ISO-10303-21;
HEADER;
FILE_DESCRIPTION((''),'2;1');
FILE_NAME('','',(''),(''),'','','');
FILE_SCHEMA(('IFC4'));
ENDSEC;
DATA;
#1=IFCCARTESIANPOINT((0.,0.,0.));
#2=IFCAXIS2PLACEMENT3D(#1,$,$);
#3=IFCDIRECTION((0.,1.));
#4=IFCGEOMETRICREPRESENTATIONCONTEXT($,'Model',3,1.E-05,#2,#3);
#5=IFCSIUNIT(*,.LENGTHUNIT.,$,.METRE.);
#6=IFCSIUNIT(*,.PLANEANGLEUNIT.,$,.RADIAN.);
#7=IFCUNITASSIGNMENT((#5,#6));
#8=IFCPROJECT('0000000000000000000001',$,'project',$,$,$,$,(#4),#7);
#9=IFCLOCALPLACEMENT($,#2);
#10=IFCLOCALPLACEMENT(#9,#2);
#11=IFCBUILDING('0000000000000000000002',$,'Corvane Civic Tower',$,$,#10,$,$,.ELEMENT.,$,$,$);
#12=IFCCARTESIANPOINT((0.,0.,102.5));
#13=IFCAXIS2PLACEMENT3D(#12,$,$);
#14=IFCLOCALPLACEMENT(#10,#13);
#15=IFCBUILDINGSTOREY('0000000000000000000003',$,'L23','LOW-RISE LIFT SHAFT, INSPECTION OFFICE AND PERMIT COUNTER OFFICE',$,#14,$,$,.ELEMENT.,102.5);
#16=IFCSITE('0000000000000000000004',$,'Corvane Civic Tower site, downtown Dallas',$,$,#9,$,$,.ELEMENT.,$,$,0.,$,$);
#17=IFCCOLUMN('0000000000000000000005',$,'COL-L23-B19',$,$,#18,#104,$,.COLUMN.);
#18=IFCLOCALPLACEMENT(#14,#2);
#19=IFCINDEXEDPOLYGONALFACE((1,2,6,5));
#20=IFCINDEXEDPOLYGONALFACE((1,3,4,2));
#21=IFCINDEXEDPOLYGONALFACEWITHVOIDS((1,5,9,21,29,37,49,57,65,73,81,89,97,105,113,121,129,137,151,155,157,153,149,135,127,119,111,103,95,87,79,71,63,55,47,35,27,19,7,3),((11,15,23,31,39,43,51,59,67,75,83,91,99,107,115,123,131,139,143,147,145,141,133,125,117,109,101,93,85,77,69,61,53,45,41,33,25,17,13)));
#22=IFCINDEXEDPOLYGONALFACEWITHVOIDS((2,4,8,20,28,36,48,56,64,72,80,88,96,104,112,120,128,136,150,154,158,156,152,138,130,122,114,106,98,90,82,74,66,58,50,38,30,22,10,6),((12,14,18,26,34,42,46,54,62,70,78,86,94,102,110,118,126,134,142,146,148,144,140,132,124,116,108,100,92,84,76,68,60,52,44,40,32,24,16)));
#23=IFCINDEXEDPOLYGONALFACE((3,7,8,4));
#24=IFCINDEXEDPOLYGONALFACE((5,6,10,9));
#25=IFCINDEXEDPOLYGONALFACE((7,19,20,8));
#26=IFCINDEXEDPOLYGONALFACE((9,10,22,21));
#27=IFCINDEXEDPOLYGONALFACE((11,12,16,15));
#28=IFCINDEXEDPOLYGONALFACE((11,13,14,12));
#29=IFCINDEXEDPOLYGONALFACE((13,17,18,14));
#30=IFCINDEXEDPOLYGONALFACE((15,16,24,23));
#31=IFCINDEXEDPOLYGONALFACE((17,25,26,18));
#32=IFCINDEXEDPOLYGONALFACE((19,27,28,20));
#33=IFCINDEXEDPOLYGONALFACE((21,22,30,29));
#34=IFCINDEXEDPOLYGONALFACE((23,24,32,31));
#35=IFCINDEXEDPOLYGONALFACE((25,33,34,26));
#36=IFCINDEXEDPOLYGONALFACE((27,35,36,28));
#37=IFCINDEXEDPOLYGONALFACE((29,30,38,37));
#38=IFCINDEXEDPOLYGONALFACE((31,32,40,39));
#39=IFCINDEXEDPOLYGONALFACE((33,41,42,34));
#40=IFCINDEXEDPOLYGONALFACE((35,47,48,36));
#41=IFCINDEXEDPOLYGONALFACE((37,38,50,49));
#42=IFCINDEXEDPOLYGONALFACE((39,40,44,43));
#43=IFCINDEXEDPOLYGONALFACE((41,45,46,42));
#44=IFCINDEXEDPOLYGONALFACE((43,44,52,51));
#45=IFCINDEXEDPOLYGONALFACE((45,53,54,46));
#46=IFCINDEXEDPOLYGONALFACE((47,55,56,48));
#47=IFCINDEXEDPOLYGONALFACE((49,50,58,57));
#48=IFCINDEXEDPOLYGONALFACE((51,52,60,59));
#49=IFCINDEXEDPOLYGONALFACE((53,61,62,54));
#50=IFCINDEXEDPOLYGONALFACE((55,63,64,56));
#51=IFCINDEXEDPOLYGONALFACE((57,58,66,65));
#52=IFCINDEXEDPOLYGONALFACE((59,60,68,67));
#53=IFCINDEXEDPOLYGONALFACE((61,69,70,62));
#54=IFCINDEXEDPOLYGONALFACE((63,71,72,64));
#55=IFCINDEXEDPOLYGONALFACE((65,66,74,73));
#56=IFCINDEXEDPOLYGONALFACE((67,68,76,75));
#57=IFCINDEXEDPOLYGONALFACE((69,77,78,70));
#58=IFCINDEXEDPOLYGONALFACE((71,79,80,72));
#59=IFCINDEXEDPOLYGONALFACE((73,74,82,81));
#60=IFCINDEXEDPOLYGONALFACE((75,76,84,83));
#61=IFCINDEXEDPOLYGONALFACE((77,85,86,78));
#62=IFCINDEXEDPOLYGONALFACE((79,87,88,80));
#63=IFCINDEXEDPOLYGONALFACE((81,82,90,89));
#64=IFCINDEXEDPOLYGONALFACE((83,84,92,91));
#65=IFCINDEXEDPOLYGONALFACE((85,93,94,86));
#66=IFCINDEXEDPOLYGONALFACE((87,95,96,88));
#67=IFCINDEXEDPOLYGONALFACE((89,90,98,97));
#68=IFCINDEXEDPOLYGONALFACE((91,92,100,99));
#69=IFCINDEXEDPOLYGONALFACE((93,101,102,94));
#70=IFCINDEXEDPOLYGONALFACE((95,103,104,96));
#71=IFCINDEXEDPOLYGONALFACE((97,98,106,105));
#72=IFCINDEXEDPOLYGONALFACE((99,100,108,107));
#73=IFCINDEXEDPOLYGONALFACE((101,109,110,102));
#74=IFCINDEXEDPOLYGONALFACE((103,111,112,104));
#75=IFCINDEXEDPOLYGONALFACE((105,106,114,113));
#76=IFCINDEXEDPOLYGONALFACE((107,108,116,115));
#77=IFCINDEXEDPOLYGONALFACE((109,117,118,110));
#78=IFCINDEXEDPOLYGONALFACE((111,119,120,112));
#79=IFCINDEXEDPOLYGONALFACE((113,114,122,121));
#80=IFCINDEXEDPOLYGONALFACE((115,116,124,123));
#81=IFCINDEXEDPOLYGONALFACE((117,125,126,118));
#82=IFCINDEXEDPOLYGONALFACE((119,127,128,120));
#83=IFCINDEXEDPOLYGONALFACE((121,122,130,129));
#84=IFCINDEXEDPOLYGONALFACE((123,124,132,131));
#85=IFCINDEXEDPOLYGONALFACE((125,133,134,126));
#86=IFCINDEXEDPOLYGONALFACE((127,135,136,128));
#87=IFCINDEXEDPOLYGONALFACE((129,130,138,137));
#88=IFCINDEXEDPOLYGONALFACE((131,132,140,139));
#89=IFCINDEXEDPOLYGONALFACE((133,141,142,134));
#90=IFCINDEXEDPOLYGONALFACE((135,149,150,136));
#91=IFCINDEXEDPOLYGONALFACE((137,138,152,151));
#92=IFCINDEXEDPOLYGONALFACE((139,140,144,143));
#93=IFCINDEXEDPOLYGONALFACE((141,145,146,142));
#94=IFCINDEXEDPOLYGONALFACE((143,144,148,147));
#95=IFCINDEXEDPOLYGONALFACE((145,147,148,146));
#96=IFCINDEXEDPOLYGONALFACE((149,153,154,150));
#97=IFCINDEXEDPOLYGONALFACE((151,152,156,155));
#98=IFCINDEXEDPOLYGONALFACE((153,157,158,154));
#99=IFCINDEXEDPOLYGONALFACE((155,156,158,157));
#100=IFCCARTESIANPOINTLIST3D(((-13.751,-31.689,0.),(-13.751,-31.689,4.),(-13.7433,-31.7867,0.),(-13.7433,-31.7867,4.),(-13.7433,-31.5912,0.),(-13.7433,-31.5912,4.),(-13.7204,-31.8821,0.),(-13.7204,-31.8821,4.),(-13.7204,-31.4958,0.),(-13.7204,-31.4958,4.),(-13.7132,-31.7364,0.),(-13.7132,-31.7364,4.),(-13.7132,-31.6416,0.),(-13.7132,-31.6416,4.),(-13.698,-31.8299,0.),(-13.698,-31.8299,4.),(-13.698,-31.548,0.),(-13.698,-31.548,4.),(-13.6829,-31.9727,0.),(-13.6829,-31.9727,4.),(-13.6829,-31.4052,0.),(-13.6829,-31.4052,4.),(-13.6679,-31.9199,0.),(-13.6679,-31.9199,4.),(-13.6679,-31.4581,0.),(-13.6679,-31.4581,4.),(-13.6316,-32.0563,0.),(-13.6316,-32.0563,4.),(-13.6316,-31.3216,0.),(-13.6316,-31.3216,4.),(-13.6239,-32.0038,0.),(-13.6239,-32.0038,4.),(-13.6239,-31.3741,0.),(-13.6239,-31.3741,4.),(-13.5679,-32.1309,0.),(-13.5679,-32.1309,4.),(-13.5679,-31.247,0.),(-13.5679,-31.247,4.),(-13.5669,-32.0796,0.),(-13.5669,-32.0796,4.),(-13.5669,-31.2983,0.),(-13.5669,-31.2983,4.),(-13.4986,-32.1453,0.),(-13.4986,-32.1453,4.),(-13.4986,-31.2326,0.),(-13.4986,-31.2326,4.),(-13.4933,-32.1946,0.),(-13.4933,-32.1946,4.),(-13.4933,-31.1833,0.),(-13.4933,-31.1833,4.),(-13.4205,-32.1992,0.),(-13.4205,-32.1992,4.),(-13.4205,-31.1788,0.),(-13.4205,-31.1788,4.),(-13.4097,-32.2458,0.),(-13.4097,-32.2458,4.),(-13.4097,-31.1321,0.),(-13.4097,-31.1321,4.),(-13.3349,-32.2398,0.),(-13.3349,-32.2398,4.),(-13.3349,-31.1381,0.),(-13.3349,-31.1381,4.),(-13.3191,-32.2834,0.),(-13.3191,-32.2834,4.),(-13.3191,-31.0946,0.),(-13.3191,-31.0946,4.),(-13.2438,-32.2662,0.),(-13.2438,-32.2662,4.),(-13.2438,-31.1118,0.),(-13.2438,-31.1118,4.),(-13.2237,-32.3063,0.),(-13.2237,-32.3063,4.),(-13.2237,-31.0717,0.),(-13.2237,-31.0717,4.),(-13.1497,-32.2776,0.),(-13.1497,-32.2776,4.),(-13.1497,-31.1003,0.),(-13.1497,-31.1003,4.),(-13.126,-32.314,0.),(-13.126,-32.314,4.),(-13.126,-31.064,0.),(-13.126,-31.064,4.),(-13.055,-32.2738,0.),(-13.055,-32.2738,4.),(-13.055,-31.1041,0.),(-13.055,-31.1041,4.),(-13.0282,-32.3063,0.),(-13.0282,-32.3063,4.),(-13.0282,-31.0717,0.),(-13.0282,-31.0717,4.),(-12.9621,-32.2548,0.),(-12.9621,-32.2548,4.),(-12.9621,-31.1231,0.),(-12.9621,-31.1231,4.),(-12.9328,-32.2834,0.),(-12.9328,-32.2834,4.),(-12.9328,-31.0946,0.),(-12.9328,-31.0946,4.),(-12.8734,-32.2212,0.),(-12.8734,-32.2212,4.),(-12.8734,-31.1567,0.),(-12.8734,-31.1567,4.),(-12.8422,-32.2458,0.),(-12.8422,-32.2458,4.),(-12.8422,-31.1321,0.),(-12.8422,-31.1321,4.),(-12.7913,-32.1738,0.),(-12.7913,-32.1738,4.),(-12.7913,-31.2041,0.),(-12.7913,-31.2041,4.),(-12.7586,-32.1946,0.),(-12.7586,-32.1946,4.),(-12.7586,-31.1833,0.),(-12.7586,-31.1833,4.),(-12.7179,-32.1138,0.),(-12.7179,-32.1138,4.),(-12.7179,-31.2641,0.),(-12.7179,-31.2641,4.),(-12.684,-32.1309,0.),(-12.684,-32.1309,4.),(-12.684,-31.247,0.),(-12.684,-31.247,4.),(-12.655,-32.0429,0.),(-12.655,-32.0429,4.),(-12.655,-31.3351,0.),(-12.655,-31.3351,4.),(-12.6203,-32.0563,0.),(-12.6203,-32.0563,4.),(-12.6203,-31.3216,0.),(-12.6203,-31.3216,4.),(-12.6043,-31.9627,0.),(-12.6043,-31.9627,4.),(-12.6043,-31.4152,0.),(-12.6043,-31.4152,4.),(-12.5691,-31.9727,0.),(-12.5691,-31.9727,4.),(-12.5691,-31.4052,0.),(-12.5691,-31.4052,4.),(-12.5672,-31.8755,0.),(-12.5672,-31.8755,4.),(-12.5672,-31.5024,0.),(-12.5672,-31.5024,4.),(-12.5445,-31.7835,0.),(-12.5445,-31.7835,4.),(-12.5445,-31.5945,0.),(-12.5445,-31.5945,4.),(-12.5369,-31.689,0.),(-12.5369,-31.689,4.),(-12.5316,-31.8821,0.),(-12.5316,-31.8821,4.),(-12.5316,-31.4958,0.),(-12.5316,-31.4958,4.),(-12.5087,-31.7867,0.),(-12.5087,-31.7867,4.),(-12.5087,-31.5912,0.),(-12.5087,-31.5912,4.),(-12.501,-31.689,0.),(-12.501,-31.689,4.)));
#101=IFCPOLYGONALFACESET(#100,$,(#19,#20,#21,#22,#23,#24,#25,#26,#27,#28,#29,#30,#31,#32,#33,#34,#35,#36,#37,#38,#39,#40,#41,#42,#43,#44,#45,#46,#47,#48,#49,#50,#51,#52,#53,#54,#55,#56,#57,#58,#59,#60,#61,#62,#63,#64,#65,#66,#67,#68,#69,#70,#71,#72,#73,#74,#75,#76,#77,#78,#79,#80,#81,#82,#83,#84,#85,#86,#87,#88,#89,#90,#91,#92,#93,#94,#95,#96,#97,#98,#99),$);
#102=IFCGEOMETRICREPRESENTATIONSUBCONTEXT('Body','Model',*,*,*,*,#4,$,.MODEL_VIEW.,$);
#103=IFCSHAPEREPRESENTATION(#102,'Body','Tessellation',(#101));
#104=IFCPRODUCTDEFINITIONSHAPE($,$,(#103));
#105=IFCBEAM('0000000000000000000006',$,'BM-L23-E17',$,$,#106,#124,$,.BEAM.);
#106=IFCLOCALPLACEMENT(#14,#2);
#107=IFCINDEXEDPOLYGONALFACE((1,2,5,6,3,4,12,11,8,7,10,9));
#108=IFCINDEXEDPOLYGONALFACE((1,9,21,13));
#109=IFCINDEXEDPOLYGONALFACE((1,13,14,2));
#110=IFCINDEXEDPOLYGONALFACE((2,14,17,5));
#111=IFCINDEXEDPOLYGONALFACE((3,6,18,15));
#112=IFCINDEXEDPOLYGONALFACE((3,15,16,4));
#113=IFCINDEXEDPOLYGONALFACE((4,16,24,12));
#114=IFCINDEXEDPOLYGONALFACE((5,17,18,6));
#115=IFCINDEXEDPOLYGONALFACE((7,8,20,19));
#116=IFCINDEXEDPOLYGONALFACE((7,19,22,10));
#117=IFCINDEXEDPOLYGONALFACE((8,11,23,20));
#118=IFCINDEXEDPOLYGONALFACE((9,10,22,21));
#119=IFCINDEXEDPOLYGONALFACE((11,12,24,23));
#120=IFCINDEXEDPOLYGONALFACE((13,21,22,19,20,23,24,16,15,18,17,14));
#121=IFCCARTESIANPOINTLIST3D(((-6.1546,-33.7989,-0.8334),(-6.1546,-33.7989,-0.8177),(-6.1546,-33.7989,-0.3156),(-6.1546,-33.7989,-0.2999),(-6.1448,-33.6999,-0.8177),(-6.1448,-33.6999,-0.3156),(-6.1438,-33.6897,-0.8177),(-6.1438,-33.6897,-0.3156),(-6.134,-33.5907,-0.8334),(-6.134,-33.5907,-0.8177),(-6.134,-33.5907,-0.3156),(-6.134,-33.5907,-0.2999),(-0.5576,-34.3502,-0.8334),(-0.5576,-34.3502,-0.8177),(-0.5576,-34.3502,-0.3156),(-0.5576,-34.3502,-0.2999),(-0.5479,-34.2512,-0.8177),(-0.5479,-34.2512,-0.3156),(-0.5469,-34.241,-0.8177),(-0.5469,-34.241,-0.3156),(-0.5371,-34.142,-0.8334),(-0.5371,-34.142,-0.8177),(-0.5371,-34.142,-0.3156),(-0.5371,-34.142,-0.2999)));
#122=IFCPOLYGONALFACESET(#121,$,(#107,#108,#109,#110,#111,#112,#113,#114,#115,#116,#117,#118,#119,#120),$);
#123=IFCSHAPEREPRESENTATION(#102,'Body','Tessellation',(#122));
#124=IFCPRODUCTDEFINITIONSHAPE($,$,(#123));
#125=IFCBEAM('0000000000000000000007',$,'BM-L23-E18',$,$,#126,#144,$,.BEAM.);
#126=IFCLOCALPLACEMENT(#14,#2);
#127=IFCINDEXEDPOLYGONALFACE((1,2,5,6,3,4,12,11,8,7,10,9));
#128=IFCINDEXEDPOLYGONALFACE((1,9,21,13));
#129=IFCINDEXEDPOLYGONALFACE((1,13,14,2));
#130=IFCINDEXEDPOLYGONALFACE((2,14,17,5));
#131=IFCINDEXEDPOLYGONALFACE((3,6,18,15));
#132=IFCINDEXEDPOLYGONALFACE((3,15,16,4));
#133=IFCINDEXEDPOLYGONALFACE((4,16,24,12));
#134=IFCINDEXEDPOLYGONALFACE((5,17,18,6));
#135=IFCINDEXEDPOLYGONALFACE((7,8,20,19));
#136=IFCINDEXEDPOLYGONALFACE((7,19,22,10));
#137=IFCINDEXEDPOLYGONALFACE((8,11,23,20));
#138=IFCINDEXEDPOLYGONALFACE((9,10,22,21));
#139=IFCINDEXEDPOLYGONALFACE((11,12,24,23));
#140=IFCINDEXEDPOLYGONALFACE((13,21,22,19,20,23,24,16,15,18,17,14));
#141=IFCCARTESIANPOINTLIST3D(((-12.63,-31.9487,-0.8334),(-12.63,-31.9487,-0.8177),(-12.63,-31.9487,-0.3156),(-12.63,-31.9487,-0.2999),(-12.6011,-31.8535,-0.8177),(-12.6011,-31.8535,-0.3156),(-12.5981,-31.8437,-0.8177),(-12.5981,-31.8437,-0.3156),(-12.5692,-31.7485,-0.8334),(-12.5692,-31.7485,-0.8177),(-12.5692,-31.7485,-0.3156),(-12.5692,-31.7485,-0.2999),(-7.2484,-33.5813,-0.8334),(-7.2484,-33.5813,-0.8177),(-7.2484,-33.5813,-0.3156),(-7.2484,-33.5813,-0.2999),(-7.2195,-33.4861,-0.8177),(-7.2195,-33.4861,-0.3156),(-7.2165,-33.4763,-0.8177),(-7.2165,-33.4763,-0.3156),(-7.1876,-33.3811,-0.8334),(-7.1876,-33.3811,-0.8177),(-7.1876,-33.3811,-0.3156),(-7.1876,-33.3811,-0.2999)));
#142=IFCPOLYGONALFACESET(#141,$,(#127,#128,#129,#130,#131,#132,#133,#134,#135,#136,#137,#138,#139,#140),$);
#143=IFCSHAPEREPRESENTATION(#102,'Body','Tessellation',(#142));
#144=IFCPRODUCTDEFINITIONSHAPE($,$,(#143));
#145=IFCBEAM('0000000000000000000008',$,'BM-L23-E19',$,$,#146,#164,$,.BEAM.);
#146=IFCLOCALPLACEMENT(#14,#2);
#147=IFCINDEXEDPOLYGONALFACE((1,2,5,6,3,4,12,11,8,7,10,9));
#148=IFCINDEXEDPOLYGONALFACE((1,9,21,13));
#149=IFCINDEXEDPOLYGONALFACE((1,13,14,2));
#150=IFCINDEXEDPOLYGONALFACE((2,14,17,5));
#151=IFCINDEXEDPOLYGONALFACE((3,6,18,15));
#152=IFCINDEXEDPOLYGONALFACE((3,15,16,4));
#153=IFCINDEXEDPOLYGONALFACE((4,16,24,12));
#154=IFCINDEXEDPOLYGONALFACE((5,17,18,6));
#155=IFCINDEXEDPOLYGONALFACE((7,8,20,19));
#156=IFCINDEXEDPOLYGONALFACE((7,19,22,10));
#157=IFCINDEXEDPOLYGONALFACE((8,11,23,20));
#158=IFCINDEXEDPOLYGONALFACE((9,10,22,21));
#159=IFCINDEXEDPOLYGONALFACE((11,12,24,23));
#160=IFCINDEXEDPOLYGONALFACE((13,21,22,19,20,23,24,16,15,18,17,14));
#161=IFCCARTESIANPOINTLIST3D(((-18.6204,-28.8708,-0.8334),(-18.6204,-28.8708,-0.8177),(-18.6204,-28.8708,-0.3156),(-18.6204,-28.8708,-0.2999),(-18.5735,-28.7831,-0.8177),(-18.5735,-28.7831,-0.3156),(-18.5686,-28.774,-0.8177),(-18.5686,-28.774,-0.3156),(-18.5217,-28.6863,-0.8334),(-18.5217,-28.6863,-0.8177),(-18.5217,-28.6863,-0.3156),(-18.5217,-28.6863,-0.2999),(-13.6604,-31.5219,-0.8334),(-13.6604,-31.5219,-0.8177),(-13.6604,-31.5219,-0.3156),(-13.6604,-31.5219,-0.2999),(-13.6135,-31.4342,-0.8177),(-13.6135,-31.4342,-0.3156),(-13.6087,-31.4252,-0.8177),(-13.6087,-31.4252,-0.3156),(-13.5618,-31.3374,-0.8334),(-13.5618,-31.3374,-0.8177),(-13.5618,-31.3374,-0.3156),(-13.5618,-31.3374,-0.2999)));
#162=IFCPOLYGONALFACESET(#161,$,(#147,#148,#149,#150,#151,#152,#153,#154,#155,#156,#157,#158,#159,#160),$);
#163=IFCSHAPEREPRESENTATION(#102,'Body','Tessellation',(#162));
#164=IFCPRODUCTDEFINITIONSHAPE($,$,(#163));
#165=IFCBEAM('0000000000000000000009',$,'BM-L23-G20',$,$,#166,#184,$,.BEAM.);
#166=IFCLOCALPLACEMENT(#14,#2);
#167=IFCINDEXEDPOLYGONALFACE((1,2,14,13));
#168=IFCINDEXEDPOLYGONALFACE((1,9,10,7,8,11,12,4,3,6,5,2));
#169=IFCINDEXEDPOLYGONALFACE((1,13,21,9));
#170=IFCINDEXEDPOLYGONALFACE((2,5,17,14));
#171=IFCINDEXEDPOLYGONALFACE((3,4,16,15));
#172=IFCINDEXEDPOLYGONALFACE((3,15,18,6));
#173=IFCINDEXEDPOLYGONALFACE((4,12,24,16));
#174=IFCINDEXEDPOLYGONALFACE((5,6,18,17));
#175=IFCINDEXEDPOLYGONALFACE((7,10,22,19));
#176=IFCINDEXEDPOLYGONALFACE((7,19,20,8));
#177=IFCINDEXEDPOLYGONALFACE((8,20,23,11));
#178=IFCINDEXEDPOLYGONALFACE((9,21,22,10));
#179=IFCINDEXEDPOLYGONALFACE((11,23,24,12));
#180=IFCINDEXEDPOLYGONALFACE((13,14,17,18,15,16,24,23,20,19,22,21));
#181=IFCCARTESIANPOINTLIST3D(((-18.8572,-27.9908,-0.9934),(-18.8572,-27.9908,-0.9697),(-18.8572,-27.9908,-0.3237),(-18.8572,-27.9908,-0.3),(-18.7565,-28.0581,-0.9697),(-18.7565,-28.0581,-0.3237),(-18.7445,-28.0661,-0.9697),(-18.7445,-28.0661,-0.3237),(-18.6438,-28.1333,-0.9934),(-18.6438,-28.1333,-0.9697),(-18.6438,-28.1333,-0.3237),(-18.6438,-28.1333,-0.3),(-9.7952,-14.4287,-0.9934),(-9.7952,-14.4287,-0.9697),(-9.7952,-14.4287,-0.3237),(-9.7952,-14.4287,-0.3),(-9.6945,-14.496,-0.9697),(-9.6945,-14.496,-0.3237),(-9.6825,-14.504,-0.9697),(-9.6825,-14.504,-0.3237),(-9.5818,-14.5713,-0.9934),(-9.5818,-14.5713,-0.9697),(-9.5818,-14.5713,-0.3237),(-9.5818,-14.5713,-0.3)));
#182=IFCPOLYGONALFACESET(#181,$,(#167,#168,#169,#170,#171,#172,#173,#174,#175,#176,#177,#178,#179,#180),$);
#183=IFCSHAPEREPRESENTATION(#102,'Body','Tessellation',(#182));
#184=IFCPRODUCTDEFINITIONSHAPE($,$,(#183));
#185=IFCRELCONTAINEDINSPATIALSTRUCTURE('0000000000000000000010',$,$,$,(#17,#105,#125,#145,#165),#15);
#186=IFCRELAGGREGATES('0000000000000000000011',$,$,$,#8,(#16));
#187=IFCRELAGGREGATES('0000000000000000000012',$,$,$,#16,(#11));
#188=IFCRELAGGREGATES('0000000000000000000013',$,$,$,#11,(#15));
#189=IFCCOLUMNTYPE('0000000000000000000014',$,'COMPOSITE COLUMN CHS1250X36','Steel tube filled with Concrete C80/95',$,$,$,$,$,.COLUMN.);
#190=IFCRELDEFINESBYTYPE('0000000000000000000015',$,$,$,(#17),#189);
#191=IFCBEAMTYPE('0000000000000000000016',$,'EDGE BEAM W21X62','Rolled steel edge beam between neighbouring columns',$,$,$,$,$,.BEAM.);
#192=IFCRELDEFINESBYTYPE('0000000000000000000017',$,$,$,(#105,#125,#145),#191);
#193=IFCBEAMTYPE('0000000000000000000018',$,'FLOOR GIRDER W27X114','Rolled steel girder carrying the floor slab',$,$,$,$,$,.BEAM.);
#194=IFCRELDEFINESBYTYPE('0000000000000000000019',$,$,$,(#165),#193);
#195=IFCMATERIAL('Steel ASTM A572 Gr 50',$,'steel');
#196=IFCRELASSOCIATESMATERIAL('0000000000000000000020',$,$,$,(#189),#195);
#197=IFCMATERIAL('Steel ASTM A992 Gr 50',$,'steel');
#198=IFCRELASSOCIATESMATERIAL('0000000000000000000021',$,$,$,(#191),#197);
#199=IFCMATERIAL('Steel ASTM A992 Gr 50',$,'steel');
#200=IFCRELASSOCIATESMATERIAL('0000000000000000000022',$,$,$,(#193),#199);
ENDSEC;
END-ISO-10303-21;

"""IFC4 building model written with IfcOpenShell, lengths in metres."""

from ifc_helpers import new_model, si_unit, direction, frame, origin, origin_2d, place, context, subcontext, project, spatial, hollow_circle, i_section, extrude, material, material_profile, profile_set, type_object, element, save


model = new_model("IFC4")

# Units and contexts
model_context = context("Model", 3, precision=1e-05, world=origin(), true_north=direction((0.0, 1.0)))
body_context = subcontext(model_context, "Body", "Model", "MODEL_VIEW")
ifc_project = project(units=[si_unit("LENGTHUNIT", "METRE"), si_unit("PLANEANGLEUNIT", "RADIAN")], contexts=[model_context])

# Site, building, storey
site_placement = place(None, origin())
site = spatial("IfcSite", under=ifc_project, at=site_placement, Name="Corvane Civic Tower site, downtown Dallas", CompositionType="ELEMENT", RefElevation=0.0)
building_placement = place(site_placement, origin())
building = spatial("IfcBuilding", under=site, at=building_placement, Name="Corvane Civic Tower", CompositionType="ELEMENT")
storey_placement = place(building_placement, frame((0.0, 0.0, 102.5)))
storey = spatial("IfcBuildingStorey", under=building, at=storey_placement, Name="L23", Description="LOW-RISE LIFT SHAFT, INSPECTION OFFICE AND PERMIT COUNTER OFFICE", CompositionType="ELEMENT", Elevation=102.5)

# Column
ifc_material_1 = material(Name="Steel ASTM A572 Gr 50", Category="steel")
ifc_material_profile_1 = material_profile(ifc_material_1, hollow_circle(Radius=0.625, WallThickness=0.0359, at=origin_2d()), Name="CHS1250X36")
ifc_profile_set_1 = profile_set([ifc_material_profile_1], Name="Steel ASTM A572 Gr 50")
column_type = type_object("IfcColumnType", Name="COMPOSITE COLUMN CHS1250X36", Description="Steel tube filled with Concrete C80/95", PredefinedType="COLUMN", material=ifc_profile_set_1)
for number, where, z_axis, x_axis, name in (
    (1, (-13.126, -31.689, 0.0), (0.0, 0.0, 1.0), (1.0, 0.0, 0.0), "COL-L23-B19"),
):
    element("IfcColumn", number, at=place(storey_placement, frame(where, z_axis=z_axis, x_axis=x_axis)), inside=storey, type_object=column_type, Name=name, PredefinedType="COLUMN", context=body_context, shape_type="SweptSolid", body=[
        extrude(hollow_circle(Radius=0.625, WallThickness=0.0359, at=origin_2d()), origin(), (0.0, 0.0, 1.0), 4.0),
    ])

# Beams
ifc_material_2 = material(Name="Steel ASTM A992 Gr 50", Category="steel")
ifc_material_profile_2 = material_profile(ifc_material_2, i_section(OverallWidth=0.2092, OverallDepth=0.5334, WebThickness=0.0103, FlangeThickness=0.0156, at=origin_2d()), Name="W21X62")
ifc_profile_set_2 = profile_set([ifc_material_profile_2], Name="Steel ASTM A992 Gr 50")
beam_type_1 = type_object("IfcBeamType", Name="EDGE BEAM W21X62", Description="Rolled steel edge beam between neighbouring columns", PredefinedType="BEAM", material=ifc_profile_set_2)
beam_1_placement = place(storey_placement, frame((-0.5474, -34.2461, -0.5667), z_axis=(-0.995184, 0.098021, 0.0), x_axis=(-0.098021, -0.995184, 0.0)))
element("IfcBeam", 2, at=beam_1_placement, inside=storey, type_object=beam_type_1, Name="BM-L23-E17", PredefinedType="BEAM", context=body_context, shape_type="SweptSolid", body=[
    extrude(i_section(OverallWidth=0.2092, OverallDepth=0.5334, WebThickness=0.0103, FlangeThickness=0.0156, at=origin_2d()), origin(), (0.0, 0.0, 1.0), 5.624),
])
beam_2_placement = place(storey_placement, frame((-7.218, -33.4812, -0.5667), z_axis=(-0.956936, 0.290298, 0.0), x_axis=(-0.290298, -0.956936, 0.0)))
element("IfcBeam", 3, at=beam_2_placement, inside=storey, type_object=beam_type_1, Name="BM-L23-E18", PredefinedType="BEAM", context=body_context, shape_type="SweptSolid", body=[
    extrude(i_section(OverallWidth=0.2092, OverallDepth=0.5334, WebThickness=0.0103, FlangeThickness=0.0156, at=origin_2d()), origin(), (0.0, 0.0, 1.0), 5.6238),
])
beam_3_placement = place(storey_placement, frame((-13.6111, -31.4297, -0.5667), z_axis=(-0.881924, 0.471392, 0.0), x_axis=(-0.471392, -0.881924, 0.0)))
element("IfcBeam", 4, at=beam_3_placement, inside=storey, type_object=beam_type_1, Name="BM-L23-E19", PredefinedType="BEAM", context=body_context, shape_type="SweptSolid", body=[
    extrude(i_section(OverallWidth=0.2092, OverallDepth=0.5334, WebThickness=0.0103, FlangeThickness=0.0156, at=origin_2d()), origin(), (0.0, 0.0, 1.0), 5.624),
])
ifc_material_3 = material(Name="Steel ASTM A992 Gr 50", Category="steel")
ifc_material_profile_3 = material_profile(ifc_material_3, i_section(OverallWidth=0.2566, OverallDepth=0.6934, WebThickness=0.0144, FlangeThickness=0.0237, at=origin_2d()), Name="W27X114")
ifc_profile_set_3 = profile_set([ifc_material_profile_3], Name="Steel ASTM A992 Gr 50")
beam_type_2 = type_object("IfcBeamType", Name="FLOOR GIRDER W27X114", Description="Rolled steel girder carrying the floor slab", PredefinedType="BEAM", material=ifc_profile_set_3)
beam_4_placement = place(storey_placement, frame((-9.6885, -14.5, -0.6467), z_axis=(-0.555577, -0.831465, 0.0), x_axis=(0.831465, -0.555577, 0.0)))
element("IfcBeam", 5, at=beam_4_placement, inside=storey, type_object=beam_type_2, Name="BM-L23-G20", PredefinedType="BEAM", context=body_context, shape_type="SweptSolid", body=[
    extrude(i_section(OverallWidth=0.2566, OverallDepth=0.6934, WebThickness=0.0144, FlangeThickness=0.0237, at=origin_2d()), origin(), (0.0, 0.0, 1.0), 16.311),
])

save(model, "model.ifc")
